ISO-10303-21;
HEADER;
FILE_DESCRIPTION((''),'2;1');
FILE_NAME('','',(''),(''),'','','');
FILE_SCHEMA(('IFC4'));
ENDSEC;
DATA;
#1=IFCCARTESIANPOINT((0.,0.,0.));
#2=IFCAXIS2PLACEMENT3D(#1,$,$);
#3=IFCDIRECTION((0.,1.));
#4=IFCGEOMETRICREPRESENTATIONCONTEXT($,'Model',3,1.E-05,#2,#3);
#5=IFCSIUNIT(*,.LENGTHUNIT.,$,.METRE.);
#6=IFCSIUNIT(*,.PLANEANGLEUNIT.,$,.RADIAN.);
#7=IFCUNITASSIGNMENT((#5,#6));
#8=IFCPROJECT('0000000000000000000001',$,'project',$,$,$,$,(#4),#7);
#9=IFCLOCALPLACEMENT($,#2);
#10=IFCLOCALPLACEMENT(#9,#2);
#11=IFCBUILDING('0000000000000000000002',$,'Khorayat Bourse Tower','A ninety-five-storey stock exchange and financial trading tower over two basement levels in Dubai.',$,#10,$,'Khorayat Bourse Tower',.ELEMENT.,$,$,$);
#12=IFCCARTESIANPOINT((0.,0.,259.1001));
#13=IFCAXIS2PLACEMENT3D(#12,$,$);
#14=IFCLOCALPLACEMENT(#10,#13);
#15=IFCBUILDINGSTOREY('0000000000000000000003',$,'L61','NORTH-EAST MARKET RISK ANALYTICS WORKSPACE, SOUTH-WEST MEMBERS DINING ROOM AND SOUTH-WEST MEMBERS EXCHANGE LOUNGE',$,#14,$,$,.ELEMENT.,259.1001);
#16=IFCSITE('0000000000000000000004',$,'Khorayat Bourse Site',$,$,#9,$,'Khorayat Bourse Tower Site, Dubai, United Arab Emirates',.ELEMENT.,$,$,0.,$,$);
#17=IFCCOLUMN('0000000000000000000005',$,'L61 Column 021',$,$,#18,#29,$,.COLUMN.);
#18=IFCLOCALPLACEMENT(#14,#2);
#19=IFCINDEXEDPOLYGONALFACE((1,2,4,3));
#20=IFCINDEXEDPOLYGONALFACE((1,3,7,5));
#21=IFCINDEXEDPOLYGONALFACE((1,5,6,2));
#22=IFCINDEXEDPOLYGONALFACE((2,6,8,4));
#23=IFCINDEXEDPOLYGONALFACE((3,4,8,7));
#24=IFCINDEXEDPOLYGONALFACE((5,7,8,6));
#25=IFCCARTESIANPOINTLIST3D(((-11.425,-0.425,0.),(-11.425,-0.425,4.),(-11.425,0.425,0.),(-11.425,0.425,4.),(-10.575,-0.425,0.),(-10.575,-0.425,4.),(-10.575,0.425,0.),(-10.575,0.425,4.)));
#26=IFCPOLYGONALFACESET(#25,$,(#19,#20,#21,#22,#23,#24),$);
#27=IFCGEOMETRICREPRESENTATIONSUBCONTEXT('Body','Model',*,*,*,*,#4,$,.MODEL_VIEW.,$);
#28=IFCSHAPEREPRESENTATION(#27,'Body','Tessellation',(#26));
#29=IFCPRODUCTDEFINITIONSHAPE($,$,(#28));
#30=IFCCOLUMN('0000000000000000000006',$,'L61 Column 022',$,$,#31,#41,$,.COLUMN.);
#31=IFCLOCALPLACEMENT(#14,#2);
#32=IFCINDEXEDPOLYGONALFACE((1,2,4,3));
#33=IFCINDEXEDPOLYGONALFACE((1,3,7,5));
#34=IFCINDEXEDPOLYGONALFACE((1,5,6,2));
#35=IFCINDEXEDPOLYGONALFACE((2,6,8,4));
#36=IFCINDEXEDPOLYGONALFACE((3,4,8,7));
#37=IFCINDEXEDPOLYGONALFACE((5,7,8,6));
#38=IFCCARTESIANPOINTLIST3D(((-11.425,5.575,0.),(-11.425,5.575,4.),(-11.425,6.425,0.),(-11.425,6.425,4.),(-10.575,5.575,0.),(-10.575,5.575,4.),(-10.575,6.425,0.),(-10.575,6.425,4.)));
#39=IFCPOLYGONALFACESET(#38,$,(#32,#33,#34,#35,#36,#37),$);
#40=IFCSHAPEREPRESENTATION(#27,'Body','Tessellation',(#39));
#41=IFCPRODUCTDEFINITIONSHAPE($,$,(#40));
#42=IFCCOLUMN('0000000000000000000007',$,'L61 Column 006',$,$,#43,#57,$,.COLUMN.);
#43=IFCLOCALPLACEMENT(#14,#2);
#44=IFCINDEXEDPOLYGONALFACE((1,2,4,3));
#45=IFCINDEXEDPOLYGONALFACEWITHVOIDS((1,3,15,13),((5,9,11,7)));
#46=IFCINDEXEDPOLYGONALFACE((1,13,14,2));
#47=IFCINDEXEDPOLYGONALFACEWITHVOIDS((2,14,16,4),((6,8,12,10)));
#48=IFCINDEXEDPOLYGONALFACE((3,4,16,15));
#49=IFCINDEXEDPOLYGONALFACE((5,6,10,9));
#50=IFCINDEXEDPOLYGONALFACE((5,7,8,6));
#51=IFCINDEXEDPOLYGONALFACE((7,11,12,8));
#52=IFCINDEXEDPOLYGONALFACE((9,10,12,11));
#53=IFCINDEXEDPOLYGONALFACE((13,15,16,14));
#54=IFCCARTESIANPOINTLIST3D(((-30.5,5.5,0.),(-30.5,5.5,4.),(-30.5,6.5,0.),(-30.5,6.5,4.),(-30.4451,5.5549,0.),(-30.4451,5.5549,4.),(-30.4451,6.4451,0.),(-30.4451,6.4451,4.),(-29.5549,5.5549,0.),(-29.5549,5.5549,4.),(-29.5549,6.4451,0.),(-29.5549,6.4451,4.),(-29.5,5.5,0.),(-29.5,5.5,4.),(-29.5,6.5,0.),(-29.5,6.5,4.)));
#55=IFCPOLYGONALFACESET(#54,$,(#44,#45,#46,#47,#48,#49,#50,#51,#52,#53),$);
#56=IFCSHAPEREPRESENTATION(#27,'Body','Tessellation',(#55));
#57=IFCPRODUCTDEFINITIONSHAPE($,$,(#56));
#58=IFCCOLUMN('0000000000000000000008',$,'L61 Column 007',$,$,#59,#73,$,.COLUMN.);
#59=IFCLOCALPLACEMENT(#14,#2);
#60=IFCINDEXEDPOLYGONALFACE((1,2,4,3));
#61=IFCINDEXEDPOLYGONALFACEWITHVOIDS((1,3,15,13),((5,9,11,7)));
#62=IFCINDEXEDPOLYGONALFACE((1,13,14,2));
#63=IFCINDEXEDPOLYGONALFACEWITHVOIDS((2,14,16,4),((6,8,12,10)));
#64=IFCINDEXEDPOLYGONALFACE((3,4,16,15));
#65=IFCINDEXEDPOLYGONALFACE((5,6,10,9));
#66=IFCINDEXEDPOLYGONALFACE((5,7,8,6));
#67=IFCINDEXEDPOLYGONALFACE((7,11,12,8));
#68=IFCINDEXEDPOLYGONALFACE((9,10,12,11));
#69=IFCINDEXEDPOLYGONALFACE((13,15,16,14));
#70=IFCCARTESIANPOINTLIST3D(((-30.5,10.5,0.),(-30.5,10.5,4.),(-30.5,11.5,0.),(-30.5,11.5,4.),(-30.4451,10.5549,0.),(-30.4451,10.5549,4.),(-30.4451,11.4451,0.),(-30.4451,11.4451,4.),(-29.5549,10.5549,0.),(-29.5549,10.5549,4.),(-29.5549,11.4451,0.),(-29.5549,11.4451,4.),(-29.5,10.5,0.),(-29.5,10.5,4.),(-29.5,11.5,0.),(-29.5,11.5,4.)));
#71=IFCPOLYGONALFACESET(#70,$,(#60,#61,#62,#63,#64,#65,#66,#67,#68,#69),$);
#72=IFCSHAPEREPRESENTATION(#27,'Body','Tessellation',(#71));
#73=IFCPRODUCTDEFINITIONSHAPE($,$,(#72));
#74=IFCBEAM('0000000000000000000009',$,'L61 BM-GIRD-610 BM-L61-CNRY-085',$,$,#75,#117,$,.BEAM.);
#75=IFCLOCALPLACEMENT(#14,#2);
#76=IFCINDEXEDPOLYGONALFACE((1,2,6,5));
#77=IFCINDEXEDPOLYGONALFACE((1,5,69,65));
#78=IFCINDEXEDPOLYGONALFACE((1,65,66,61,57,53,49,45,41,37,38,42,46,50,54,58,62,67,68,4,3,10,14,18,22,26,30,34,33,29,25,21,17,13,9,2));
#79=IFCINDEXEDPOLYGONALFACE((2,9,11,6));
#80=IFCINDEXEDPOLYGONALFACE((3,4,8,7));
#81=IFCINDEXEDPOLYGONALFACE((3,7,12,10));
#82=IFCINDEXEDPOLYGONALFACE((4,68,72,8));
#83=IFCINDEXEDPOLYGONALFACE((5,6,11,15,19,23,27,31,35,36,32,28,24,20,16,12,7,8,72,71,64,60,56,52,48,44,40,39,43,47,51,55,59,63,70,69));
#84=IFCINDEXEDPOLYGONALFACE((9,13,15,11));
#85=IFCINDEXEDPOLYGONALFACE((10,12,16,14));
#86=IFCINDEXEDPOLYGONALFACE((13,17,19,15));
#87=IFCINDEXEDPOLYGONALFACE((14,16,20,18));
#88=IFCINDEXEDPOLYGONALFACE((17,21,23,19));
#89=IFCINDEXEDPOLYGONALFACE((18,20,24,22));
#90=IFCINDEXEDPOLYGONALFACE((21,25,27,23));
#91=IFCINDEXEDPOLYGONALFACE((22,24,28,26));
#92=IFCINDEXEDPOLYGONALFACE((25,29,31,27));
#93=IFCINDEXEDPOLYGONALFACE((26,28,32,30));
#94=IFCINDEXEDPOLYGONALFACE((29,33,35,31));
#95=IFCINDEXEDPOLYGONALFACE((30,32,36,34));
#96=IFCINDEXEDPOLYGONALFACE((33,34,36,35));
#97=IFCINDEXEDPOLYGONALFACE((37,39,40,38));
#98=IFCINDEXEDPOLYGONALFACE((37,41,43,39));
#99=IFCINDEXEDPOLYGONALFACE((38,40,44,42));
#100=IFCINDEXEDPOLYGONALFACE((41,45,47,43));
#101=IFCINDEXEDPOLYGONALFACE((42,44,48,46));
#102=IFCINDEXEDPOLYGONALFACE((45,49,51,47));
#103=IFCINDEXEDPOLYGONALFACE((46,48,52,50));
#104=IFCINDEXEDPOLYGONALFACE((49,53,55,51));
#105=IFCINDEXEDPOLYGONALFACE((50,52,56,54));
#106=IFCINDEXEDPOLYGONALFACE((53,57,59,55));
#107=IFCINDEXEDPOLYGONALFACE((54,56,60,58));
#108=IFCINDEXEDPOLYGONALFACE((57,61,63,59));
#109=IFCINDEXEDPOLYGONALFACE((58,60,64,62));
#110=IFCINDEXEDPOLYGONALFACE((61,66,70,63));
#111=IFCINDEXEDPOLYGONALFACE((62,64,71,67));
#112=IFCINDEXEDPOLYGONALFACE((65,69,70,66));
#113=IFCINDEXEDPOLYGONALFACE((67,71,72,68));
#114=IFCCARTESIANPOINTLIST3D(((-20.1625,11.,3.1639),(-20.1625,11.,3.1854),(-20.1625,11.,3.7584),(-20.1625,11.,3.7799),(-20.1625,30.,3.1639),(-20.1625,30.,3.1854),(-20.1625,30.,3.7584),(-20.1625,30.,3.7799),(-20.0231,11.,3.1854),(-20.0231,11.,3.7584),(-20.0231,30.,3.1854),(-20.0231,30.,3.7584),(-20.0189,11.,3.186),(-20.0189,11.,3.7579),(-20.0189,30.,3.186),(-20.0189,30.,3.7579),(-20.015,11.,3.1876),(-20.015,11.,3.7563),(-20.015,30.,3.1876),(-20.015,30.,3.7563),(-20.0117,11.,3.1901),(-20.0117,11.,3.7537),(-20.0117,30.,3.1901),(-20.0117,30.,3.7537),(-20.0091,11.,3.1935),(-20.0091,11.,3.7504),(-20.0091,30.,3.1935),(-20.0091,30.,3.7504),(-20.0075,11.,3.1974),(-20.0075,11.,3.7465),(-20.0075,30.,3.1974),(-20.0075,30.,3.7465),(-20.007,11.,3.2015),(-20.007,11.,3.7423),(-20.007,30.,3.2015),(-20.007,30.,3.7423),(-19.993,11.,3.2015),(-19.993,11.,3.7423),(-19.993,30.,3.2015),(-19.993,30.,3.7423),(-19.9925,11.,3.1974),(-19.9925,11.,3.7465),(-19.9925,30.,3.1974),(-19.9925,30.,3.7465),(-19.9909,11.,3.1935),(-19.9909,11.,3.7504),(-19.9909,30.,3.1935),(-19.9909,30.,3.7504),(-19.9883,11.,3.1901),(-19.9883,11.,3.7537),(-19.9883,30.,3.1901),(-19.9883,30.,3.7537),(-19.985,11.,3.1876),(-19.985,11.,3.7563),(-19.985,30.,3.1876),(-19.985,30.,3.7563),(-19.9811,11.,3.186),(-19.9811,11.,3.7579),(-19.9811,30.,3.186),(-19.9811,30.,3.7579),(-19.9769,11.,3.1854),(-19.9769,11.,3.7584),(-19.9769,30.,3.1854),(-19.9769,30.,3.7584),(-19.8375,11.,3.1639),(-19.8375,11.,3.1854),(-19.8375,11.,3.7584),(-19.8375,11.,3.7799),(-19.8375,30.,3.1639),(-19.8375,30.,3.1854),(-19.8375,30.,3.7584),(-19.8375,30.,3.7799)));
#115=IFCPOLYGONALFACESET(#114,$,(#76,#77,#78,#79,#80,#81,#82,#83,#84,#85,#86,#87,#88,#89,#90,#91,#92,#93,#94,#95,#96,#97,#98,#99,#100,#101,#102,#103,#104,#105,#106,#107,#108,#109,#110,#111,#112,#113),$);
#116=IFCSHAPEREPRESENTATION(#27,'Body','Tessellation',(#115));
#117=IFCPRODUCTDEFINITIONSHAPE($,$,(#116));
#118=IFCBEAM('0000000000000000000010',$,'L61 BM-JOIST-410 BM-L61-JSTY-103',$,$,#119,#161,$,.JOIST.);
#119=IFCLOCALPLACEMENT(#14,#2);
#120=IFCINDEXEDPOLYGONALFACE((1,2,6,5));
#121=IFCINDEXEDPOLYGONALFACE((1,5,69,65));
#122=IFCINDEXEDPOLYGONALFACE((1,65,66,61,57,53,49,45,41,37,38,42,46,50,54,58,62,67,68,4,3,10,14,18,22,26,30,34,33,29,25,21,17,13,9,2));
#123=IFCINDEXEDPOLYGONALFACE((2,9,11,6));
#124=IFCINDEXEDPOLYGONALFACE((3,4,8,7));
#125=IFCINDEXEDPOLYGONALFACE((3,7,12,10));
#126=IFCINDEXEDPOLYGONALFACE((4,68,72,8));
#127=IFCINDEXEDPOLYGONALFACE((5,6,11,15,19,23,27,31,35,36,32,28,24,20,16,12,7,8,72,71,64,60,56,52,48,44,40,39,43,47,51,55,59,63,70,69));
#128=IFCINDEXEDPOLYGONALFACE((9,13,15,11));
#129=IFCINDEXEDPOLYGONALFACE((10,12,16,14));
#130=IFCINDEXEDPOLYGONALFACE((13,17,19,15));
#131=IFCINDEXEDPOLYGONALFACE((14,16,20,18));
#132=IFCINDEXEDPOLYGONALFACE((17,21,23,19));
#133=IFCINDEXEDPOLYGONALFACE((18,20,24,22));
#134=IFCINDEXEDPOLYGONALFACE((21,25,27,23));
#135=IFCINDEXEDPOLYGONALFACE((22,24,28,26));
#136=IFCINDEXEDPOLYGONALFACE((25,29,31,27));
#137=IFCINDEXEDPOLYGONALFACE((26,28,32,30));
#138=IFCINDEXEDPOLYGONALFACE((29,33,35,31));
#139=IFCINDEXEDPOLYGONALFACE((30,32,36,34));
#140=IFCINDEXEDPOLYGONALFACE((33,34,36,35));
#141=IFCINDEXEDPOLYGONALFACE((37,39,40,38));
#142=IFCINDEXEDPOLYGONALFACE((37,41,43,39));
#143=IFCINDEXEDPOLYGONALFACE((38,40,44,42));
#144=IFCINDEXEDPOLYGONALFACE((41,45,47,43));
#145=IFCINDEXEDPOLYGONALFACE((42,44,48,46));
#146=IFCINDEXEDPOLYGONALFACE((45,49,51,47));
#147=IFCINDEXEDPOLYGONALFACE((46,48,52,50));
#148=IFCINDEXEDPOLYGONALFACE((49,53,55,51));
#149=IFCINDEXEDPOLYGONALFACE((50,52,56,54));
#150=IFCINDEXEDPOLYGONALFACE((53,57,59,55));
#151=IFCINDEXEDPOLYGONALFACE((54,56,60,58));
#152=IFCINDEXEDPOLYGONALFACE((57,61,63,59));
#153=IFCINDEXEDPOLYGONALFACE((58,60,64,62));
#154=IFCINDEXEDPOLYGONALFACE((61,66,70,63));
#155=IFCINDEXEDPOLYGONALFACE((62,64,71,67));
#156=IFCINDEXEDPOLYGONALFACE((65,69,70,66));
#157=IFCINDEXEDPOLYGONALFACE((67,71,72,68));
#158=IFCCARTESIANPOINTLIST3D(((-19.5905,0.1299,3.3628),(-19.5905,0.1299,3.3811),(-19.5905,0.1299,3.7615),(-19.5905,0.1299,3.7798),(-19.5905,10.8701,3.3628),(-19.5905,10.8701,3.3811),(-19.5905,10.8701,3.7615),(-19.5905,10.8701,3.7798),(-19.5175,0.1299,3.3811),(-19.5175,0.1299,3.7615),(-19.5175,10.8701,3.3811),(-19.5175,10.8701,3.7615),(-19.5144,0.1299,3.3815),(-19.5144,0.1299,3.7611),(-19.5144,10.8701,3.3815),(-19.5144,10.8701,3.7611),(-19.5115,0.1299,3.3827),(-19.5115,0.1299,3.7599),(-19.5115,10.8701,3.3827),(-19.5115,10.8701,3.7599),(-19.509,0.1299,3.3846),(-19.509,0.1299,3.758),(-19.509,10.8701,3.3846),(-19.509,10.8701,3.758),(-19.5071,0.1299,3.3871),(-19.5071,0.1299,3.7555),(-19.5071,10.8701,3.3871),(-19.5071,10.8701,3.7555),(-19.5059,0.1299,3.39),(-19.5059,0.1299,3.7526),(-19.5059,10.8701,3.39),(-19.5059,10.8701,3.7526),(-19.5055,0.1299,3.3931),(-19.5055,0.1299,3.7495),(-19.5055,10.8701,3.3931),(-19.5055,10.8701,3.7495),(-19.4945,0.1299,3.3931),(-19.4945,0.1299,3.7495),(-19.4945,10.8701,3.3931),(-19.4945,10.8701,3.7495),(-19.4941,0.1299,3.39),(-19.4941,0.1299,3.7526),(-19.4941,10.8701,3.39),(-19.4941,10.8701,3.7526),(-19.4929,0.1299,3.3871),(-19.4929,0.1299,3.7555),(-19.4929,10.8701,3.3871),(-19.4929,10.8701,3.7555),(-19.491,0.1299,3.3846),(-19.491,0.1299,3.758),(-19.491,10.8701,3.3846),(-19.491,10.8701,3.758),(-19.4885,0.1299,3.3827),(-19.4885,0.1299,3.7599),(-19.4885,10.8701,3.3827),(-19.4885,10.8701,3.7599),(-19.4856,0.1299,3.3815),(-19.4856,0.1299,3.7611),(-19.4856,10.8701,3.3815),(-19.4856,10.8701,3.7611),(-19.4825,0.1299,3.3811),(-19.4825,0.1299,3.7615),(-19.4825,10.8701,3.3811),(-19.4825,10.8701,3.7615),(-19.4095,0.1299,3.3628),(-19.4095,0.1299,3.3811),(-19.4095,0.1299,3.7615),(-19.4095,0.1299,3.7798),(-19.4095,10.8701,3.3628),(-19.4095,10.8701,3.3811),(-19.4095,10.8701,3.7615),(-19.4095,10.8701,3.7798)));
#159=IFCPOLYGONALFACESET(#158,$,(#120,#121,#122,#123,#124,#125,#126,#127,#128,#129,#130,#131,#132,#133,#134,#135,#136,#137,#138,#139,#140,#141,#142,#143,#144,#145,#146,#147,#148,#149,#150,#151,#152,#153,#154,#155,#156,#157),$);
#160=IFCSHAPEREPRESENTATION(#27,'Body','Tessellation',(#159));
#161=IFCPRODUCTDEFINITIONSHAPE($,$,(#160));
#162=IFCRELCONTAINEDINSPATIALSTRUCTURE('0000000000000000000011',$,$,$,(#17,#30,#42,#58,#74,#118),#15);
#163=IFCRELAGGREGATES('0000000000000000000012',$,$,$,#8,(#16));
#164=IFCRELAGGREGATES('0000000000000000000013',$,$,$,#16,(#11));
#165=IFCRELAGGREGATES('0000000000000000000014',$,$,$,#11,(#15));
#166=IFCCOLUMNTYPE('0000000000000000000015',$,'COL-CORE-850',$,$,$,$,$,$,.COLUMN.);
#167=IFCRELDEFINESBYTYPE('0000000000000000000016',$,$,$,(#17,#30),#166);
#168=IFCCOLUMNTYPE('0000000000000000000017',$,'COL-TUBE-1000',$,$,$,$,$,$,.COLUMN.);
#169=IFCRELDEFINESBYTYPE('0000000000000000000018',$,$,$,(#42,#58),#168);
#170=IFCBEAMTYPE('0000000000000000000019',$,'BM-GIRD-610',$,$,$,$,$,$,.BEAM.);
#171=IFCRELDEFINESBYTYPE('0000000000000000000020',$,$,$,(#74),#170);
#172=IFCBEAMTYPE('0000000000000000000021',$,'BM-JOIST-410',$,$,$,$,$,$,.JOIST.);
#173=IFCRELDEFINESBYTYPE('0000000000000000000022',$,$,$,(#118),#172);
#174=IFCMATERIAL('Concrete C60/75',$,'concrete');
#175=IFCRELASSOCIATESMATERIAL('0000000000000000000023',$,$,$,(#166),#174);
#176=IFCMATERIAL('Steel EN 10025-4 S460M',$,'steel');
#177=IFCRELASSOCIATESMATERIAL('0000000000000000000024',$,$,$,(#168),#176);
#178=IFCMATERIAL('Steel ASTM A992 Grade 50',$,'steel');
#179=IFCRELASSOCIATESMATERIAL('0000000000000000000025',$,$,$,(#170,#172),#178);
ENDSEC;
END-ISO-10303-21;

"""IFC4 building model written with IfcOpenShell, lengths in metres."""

from ifc_helpers import new_model, si_unit, direction, frame, origin, origin_2d, place, context, subcontext, project, spatial, rectangle, hollow_rectangle, i_section, extrude, source, transform, mapped, material, material_profile, profile_set, type_object, element, save


model = new_model("IFC4")

# Units and contexts
model_context = context("Model", 3, precision=1e-05, world=origin(), true_north=direction((0.0, 1.0)))
body_context = subcontext(model_context, "Body", "Model", "MODEL_VIEW")
ifc_project = project(units=[si_unit("LENGTHUNIT", "METRE"), si_unit("PLANEANGLEUNIT", "RADIAN")], contexts=[model_context])

# Site, building, storey
site_placement = place(None, origin())
site = spatial("IfcSite", under=ifc_project, at=site_placement, Name="Khorayat Bourse Site", LongName="Khorayat Bourse Tower Site, Dubai, United Arab Emirates", CompositionType="ELEMENT", RefElevation=0.0)
building_placement = place(site_placement, origin())
building = spatial("IfcBuilding", under=site, at=building_placement, Name="Khorayat Bourse Tower", Description="A ninety-five-storey stock exchange and financial trading tower over two basement levels in Dubai.", LongName="Khorayat Bourse Tower", CompositionType="ELEMENT")
storey_placement = place(building_placement, frame((0.0, 0.0, 259.1001)))
storey = spatial("IfcBuildingStorey", under=building, at=storey_placement, Name="L61", Description="NORTH-EAST MARKET RISK ANALYTICS WORKSPACE, SOUTH-WEST MEMBERS DINING ROOM AND SOUTH-WEST MEMBERS EXCHANGE LOUNGE", CompositionType="ELEMENT", Elevation=259.1001)

# Columns
ifc_material_1 = material(Name="Concrete C60/75", Category="concrete")
ifc_material_profile_1 = material_profile(ifc_material_1, rectangle(XDim=0.8501, YDim=0.8501, at=origin_2d()), Name="RC 850x850")
ifc_profile_set_1 = profile_set([ifc_material_profile_1], Name="Concrete C60/75")
column_type_1 = type_object("IfcColumnType", Name="COL-CORE-850", PredefinedType="COLUMN", material=ifc_profile_set_1)
shared_shape_1 = source(origin(), body_context, "Body", "SweptSolid", [
    extrude(rectangle(XDim=0.8501, YDim=0.8501, at=origin_2d()), origin(), (0.0, 0.0, 1.0), 4.0),
])
for number, where, z_axis, x_axis, name in (
    (1, (-11.0, 0.0, 0.0), (0.0, 0.0, 1.0), (1.0, 0.0, 0.0), "L61 Column 021"),
    (2, (-11.0, 6.0, 0.0), (0.0, 0.0, 1.0), (1.0, 0.0, 0.0), "L61 Column 022"),
):
    element("IfcColumn", number, at=place(storey_placement, frame(where, z_axis=z_axis, x_axis=x_axis)), inside=storey, type_object=column_type_1, Name=name, PredefinedType="COLUMN", context=body_context, shape_type="MappedRepresentation", body=[
        mapped(shared_shape_1, transform((0.0, 0.0, 0.0), scale=1.0)),
    ])
ifc_material_2 = material(Name="Steel EN 10025-4 S460M", Category="steel")
ifc_material_profile_2 = material_profile(ifc_material_2, hollow_rectangle(XDim=1.0, YDim=1.0, WallThickness=0.0549, at=origin_2d()), Name="BOX 1000x1000x55")
ifc_profile_set_2 = profile_set([ifc_material_profile_2], Name="Steel EN 10025-4 S460M")
column_type_2 = type_object("IfcColumnType", Name="COL-TUBE-1000", PredefinedType="COLUMN", material=ifc_profile_set_2)
shared_shape_2 = source(origin(), body_context, "Body", "SweptSolid", [
    extrude(hollow_rectangle(XDim=1.0, YDim=1.0, WallThickness=0.0549, at=origin_2d()), origin(), (0.0, 0.0, 1.0), 4.0),
])
for number, where, z_axis, x_axis, name in (
    (3, (-30.0, 6.0, 0.0), (0.0, 0.0, 1.0), (1.0, 0.0, 0.0), "L61 Column 006"),
    (4, (-30.0, 11.0, 0.0), (0.0, 0.0, 1.0), (1.0, 0.0, 0.0), "L61 Column 007"),
):
    element("IfcColumn", number, at=place(storey_placement, frame(where, z_axis=z_axis, x_axis=x_axis)), inside=storey, type_object=column_type_2, Name=name, PredefinedType="COLUMN", context=body_context, shape_type="MappedRepresentation", body=[
        mapped(shared_shape_2, transform((0.0, 0.0, 0.0), scale=1.0)),
    ])

# Beams
ifc_material_3 = material(Name="Steel ASTM A992 Grade 50", Category="steel")
ifc_material_profile_3 = material_profile(ifc_material_3, i_section(OverallWidth=0.325, OverallDepth=0.616, WebThickness=0.0139, FlangeThickness=0.0215, FilletRadius=0.0161, at=origin_2d()), Name="W610X174")
ifc_profile_set_3 = profile_set([ifc_material_profile_3], Name="Steel ASTM A992 Grade 50")
beam_type_1 = type_object("IfcBeamType", Name="BM-GIRD-610", PredefinedType="BEAM", material=ifc_profile_set_3)
shared_shape_3 = source(origin(), body_context, "Body", "SweptSolid", [
    extrude(i_section(OverallWidth=0.325, OverallDepth=0.616, WebThickness=0.0139, FlangeThickness=0.0215, FilletRadius=0.0161, at=origin_2d()), origin(), (0.0, 0.0, 1.0), 19.0),
])
beam_1_placement = place(storey_placement, frame((-20.0, 11.0, 3.4719), z_axis=(0.0, 1.0, 0.0), x_axis=(-1.0, 0.0, 0.0)))
element("IfcBeam", 5, at=beam_1_placement, inside=storey, type_object=beam_type_1, Name="L61 BM-GIRD-610 BM-L61-CNRY-085", PredefinedType="BEAM", context=body_context, shape_type="MappedRepresentation", body=[
    mapped(shared_shape_3, transform((0.0, 0.0, 0.0), scale=1.0)),
])
ifc_material_profile_4 = material_profile(ifc_material_3, i_section(OverallWidth=0.1809, OverallDepth=0.417, WebThickness=0.011, FlangeThickness=0.0183, FilletRadius=0.012, at=origin_2d()), Name="W410X85")
ifc_profile_set_4 = profile_set([ifc_material_profile_4], Name="Steel ASTM A992 Grade 50")
beam_type_2 = type_object("IfcBeamType", Name="BM-JOIST-410", PredefinedType="JOIST", material=ifc_profile_set_4)
shared_shape_4 = source(origin(), body_context, "Body", "SweptSolid", [
    extrude(i_section(OverallWidth=0.1809, OverallDepth=0.417, WebThickness=0.011, FlangeThickness=0.0183, FilletRadius=0.012, at=origin_2d()), origin(), (0.0, 0.0, 1.0), 10.7402),
])
beam_2_placement = place(storey_placement, frame((-19.5, 0.1299, 3.5713), z_axis=(0.0, 1.0, 0.0), x_axis=(-1.0, 0.0, 0.0)))
element("IfcBeam", 6, at=beam_2_placement, inside=storey, type_object=beam_type_2, Name="L61 BM-JOIST-410 BM-L61-JSTY-103", PredefinedType="JOIST", context=body_context, shape_type="MappedRepresentation", body=[
    mapped(shared_shape_4, transform((0.0, 0.0, 0.0), scale=1.0)),
])

save(model, "model.ifc")
